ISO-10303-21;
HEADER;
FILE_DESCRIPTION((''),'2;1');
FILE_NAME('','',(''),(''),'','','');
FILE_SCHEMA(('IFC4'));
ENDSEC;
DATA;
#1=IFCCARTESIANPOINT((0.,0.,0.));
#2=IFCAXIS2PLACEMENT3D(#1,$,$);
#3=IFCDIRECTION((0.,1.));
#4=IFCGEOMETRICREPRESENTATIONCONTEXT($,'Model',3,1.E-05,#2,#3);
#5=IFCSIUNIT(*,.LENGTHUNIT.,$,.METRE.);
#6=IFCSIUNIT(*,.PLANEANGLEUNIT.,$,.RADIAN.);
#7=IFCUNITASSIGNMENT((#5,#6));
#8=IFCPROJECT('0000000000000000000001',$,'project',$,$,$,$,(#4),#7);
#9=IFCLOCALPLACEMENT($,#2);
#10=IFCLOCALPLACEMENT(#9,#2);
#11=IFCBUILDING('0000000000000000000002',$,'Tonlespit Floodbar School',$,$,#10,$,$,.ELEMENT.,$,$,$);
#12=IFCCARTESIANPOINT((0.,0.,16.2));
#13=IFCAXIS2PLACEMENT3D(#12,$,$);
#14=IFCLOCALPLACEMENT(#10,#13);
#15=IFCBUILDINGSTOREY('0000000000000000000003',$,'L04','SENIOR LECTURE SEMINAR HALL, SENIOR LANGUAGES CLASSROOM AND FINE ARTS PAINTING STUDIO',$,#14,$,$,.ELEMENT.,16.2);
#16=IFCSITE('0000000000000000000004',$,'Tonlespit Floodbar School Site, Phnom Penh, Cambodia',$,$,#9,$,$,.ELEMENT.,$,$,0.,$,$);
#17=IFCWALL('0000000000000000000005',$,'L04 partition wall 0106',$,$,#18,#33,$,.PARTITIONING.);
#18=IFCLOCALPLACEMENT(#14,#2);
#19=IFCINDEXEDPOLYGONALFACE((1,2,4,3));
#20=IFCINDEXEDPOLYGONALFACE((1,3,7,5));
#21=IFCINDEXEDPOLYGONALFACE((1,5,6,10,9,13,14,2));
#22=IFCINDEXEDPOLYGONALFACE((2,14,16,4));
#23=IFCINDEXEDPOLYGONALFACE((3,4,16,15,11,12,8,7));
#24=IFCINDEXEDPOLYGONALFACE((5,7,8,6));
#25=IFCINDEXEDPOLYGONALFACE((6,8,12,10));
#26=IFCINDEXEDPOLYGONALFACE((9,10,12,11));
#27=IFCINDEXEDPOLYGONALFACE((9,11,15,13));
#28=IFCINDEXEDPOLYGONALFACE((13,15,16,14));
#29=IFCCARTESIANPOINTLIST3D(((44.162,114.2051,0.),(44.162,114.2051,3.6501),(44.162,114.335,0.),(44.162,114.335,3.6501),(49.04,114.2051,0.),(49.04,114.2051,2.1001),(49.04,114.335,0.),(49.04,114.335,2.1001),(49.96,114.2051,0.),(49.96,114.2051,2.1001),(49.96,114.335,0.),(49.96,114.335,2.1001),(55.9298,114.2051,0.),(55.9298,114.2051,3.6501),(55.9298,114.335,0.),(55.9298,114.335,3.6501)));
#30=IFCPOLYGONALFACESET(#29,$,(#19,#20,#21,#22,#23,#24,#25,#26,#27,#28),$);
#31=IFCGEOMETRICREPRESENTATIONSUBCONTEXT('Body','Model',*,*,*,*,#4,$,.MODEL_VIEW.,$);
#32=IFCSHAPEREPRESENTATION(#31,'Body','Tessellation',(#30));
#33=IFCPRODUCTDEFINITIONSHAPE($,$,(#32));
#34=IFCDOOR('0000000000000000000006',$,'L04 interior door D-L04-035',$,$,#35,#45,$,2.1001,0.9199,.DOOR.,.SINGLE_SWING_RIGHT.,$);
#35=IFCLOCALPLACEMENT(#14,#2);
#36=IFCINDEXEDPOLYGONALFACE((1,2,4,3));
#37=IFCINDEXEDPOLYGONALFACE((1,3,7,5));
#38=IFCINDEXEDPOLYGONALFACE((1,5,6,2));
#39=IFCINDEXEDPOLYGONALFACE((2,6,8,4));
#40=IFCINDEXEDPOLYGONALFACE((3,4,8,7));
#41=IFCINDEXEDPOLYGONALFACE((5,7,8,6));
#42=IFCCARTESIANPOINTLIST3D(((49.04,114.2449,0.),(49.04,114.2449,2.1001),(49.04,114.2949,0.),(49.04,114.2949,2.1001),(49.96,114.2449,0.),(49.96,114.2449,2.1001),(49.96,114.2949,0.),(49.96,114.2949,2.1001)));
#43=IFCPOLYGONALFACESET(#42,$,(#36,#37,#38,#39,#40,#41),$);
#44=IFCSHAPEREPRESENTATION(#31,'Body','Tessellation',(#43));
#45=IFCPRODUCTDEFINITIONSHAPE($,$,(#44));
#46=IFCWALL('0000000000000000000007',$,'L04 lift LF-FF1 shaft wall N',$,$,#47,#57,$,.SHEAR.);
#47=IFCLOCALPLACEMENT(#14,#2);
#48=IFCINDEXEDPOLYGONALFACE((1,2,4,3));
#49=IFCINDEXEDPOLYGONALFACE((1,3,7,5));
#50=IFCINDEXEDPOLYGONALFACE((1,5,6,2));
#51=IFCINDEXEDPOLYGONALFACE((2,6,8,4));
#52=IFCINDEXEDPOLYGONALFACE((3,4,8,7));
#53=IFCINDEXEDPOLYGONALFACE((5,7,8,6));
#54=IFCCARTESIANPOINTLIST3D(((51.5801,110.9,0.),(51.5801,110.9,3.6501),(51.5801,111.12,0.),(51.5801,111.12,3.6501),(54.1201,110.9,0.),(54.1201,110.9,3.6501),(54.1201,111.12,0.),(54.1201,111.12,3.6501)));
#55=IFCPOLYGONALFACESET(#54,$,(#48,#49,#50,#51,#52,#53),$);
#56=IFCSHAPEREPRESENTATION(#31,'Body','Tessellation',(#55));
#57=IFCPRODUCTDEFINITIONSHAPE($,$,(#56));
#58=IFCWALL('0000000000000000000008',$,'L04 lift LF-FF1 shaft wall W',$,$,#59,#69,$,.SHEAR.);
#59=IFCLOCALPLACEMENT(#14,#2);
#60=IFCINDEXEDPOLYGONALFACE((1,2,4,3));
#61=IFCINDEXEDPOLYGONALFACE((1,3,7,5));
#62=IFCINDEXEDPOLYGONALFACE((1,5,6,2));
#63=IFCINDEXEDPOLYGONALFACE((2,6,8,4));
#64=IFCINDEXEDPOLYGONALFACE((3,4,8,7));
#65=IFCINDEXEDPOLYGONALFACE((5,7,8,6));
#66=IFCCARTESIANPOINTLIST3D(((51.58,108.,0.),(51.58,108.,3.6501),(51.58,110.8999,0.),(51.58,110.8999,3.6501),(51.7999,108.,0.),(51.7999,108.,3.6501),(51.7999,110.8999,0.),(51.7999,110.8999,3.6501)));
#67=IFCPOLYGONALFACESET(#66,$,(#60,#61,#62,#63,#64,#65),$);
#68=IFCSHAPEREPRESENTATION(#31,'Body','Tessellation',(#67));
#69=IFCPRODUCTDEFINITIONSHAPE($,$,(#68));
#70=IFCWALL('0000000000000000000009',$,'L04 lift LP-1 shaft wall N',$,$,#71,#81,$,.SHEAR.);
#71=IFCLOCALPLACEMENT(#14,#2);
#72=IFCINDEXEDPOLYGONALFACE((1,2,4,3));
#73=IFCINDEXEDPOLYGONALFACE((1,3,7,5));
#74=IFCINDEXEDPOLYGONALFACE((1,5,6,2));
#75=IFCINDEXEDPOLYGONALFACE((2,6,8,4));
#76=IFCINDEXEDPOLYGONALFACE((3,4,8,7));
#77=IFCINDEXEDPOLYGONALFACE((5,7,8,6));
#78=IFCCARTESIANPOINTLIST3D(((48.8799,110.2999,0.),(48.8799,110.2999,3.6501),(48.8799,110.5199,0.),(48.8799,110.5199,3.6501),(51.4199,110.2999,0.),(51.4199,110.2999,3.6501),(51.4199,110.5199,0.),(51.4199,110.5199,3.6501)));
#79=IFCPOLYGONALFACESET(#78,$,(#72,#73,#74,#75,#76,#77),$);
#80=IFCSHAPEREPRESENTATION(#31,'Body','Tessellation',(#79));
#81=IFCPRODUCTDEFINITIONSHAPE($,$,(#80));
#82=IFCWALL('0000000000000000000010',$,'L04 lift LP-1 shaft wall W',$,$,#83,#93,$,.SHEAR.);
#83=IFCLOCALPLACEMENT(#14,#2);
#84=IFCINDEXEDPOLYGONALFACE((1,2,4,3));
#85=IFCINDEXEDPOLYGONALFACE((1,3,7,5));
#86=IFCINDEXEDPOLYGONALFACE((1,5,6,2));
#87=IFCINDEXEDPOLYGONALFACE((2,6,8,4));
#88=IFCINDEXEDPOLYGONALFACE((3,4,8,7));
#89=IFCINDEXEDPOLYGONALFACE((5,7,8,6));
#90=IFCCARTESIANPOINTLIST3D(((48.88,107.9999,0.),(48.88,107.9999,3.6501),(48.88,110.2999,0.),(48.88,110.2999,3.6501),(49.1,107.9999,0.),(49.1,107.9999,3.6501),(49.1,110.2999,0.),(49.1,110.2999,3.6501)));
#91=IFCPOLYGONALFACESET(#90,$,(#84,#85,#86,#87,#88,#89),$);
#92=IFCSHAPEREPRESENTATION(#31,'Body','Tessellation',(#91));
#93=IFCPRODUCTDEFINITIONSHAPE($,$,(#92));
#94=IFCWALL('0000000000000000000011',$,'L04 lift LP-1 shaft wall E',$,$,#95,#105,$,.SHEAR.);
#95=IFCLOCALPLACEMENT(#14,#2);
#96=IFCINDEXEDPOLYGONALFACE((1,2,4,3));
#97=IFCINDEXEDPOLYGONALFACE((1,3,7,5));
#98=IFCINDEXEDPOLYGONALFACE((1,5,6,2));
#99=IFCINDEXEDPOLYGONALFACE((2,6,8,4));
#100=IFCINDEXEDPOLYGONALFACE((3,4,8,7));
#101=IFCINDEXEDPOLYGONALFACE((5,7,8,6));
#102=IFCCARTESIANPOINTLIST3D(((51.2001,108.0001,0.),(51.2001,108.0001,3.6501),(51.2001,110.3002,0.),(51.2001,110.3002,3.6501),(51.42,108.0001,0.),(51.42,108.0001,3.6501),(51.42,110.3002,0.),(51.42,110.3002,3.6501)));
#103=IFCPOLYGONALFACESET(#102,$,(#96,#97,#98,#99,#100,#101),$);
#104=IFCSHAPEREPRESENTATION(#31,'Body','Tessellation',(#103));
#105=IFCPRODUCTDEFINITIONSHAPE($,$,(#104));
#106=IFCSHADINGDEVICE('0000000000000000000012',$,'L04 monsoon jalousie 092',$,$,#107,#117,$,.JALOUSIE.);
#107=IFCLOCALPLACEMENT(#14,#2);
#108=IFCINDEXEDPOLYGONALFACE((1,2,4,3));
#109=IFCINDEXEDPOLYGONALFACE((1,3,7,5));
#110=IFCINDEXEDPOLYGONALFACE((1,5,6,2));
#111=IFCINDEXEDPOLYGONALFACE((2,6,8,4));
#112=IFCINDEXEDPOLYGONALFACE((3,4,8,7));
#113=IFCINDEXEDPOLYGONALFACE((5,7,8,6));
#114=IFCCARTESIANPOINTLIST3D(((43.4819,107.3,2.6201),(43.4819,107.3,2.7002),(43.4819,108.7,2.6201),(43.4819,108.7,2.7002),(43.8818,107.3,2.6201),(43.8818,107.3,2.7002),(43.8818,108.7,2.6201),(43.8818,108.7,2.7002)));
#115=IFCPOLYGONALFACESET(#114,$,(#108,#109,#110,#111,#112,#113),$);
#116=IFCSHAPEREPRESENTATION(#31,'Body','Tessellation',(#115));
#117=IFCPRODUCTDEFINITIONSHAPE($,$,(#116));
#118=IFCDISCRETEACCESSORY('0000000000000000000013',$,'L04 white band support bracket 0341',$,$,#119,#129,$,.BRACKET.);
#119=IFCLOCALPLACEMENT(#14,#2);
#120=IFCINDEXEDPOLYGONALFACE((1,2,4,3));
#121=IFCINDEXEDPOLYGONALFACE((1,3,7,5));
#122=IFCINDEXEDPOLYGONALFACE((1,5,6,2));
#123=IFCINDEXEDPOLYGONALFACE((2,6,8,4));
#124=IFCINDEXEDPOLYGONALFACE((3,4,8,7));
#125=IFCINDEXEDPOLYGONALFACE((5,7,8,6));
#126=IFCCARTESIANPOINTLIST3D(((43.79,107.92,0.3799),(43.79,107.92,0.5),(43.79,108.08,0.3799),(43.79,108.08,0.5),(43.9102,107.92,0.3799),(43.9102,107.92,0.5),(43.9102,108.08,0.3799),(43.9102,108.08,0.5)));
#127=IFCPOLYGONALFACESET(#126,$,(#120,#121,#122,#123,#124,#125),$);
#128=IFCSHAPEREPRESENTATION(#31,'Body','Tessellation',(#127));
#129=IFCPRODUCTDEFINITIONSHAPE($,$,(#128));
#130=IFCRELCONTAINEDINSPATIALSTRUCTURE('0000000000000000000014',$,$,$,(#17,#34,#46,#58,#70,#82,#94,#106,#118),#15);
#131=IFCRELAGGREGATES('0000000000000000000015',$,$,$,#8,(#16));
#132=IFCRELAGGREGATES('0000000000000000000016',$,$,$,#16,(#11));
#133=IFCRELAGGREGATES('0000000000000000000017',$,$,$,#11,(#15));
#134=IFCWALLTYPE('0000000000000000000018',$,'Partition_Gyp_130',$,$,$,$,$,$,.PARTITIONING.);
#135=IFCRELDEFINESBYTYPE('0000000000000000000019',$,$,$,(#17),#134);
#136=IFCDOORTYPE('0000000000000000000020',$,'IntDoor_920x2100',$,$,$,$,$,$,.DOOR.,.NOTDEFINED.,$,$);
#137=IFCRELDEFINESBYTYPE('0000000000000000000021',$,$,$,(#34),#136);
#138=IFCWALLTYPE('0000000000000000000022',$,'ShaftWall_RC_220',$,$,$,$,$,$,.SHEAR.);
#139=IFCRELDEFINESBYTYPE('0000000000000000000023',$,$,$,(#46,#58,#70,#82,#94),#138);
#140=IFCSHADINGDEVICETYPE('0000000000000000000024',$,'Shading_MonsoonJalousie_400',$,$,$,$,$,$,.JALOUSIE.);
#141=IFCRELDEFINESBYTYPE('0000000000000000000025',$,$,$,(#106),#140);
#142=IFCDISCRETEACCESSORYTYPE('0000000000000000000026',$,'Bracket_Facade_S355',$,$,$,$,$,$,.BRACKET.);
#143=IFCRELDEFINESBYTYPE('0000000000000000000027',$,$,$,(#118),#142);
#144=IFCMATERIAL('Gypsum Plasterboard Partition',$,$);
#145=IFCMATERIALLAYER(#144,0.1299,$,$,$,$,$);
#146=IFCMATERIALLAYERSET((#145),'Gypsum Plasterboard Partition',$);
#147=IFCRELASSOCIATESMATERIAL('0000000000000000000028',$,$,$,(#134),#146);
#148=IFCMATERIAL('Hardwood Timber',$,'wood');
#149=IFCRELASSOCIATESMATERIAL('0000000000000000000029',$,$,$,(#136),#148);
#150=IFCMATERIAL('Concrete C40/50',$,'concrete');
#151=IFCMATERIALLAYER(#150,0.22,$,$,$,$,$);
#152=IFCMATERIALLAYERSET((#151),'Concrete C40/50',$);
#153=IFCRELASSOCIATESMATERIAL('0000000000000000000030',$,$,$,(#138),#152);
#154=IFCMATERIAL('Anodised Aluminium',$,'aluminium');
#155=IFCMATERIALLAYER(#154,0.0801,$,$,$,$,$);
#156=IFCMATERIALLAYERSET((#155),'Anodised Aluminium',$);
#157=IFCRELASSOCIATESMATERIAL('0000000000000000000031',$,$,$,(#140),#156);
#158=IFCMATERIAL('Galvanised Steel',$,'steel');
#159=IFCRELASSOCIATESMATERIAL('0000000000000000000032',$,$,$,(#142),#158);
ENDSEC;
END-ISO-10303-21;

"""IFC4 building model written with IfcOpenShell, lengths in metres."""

from ifc_helpers import new_model, si_unit, direction, frame, frame_2d, origin, origin_2d, place, context, subcontext, project, spatial, rectangle, extrude, material, layer, layer_set, type_object, element, fill, save


model = new_model("IFC4")

# Units and contexts
model_context = context("Model", 3, precision=1e-05, world=origin(), true_north=direction((0.0, 1.0)))
body_context = subcontext(model_context, "Body", "Model", "MODEL_VIEW")
ifc_project = project(units=[si_unit("LENGTHUNIT", "METRE"), si_unit("PLANEANGLEUNIT", "RADIAN")], contexts=[model_context])

# Site, building, storey
site_placement = place(None, origin())
site = spatial("IfcSite", under=ifc_project, at=site_placement, Name="Tonlespit Floodbar School Site, Phnom Penh, Cambodia", CompositionType="ELEMENT", RefElevation=0.0)
building_placement = place(site_placement, origin())
building = spatial("IfcBuilding", under=site, at=building_placement, Name="Tonlespit Floodbar School", CompositionType="ELEMENT")
storey_placement = place(building_placement, frame((0.0, 0.0, 16.2)))
storey = spatial("IfcBuildingStorey", under=building, at=storey_placement, Name="L04", Description="SENIOR LECTURE SEMINAR HALL, SENIOR LANGUAGES CLASSROOM AND FINE ARTS PAINTING STUDIO", CompositionType="ELEMENT", Elevation=16.2)

# Shared definitions
ifc_material_1 = material(Name="Concrete C40/50", Category="concrete")

# Wall, opening, door
ifc_material_2 = material(Name="Gypsum Plasterboard Partition")
ifc_layer_1 = layer(ifc_material_2, 0.1299)
ifc_layer_set_1 = layer_set([ifc_layer_1], Name="Gypsum Plasterboard Partition")
wall_type_1 = type_object("IfcWallType", Name="Partition_Gyp_130", PredefinedType="PARTITIONING", material=ifc_layer_set_1)
wall_1_placement = place(storey_placement, frame((44.1621, 114.27, 0.0), z_axis=(0.0, 0.0, 1.0), x_axis=(1.0, 0.0, 0.0)))
wall_1 = element("IfcWall", 1, at=wall_1_placement, inside=storey, type_object=wall_type_1, Name="L04 partition wall 0106", PredefinedType="PARTITIONING", context=body_context, shape_type="SweptSolid", body=[
    extrude(rectangle(XDim=11.7678, YDim=0.1299, at=frame_2d((5.8838, 0.0))), origin(), (0.0, 0.0, 1.0), 3.6501),
])
opening_1_placement = place(wall_1_placement, frame((4.8779, 0.0, 0.0)))
opening_1 = element("IfcOpeningElement", 2, at=opening_1_placement, cuts=wall_1, PredefinedType="OPENING", context=body_context, shape_type="SweptSolid", body=[
    extrude(rectangle(XDim=0.9199, YDim=2.1001, at=frame_2d((0.46, 1.05))), frame((0.0, 0.075, 0.0), z_axis=(0.0, -1.0, 0.0), x_axis=(1.0, 0.0, 0.0)), (0.0, 0.0, 1.0), 0.1499),
])
ifc_material_3 = material(Name="Hardwood Timber", Category="wood")
door_type_1 = type_object("IfcDoorType", Name="IntDoor_920x2100", OperationType="NOTDEFINED", PredefinedType="DOOR", material=ifc_material_3)
door_1_placement = place(opening_1_placement, origin())
door_1 = element("IfcDoor", 3, at=door_1_placement, inside=storey, type_object=door_type_1, Name="L04 interior door D-L04-035", OperationType="SINGLE_SWING_RIGHT", OverallHeight=2.1001, OverallWidth=0.9199, PredefinedType="DOOR", context=body_context, shape_type="SweptSolid", body=[
    extrude(rectangle(XDim=0.9199, YDim=2.1001, at=frame_2d((0.46, 1.05))), frame((0.0, 0.0249, 0.0), z_axis=(0.0, -1.0, 0.0), x_axis=(1.0, 0.0, 0.0)), (0.0, 0.0, 1.0), 0.05),
])
fill(opening_1, door_1)

# Walls
ifc_layer_2 = layer(ifc_material_1, 0.22)
ifc_layer_set_2 = layer_set([ifc_layer_2], Name="Concrete C40/50")
wall_type_2 = type_object("IfcWallType", Name="ShaftWall_RC_220", PredefinedType="SHEAR", material=ifc_layer_set_2)
wall_2_placement = place(storey_placement, frame((51.5801, 111.01, 0.0), z_axis=(0.0, 0.0, 1.0), x_axis=(1.0, 0.0, 0.0)))
element("IfcWall", 4, at=wall_2_placement, inside=storey, type_object=wall_type_2, Name="L04 lift LF-FF1 shaft wall N", PredefinedType="SHEAR", context=body_context, shape_type="SweptSolid", body=[
    extrude(rectangle(XDim=2.54, YDim=0.22, at=frame_2d((1.27, 0.0))), origin(), (0.0, 0.0, 1.0), 3.6501),
])
wall_3_placement = place(storey_placement, frame((51.6899, 108.0, 0.0), z_axis=(0.0, 0.0, 1.0), x_axis=(0.0, 1.0, 0.0)))
element("IfcWall", 5, at=wall_3_placement, inside=storey, type_object=wall_type_2, Name="L04 lift LF-FF1 shaft wall W", PredefinedType="SHEAR", context=body_context, shape_type="SweptSolid", body=[
    extrude(rectangle(XDim=2.8999, YDim=0.22, at=frame_2d((1.45, 0.0))), origin(), (0.0, 0.0, 1.0), 3.6501),
])

# Shared definitions
ifc_material_4 = material(Name="Anodised Aluminium", Category="aluminium")

# Walls
wall_4_placement = place(storey_placement, frame((48.8799, 110.4099, 0.0), z_axis=(0.0, 0.0, 1.0), x_axis=(1.0, 0.0, 0.0)))
element("IfcWall", 6, at=wall_4_placement, inside=storey, type_object=wall_type_2, Name="L04 lift LP-1 shaft wall N", PredefinedType="SHEAR", context=body_context, shape_type="SweptSolid", body=[
    extrude(rectangle(XDim=2.54, YDim=0.22, at=frame_2d((1.27, 0.0))), origin(), (0.0, 0.0, 1.0), 3.6501),
])
for number, where, z_axis, x_axis, name in (
    (7, (48.99, 108.0, 0.0), (0.0, 0.0, 1.0), (0.0, 1.0, 0.0), "L04 lift LP-1 shaft wall W"),
    (8, (51.3101, 110.3, 0.0), (0.0, 0.0, 1.0), (0.0, -1.0, 0.0), "L04 lift LP-1 shaft wall E"),
):
    element("IfcWall", number, at=place(storey_placement, frame(where, z_axis=z_axis, x_axis=x_axis)), inside=storey, type_object=wall_type_2, Name=name, PredefinedType="SHEAR", context=body_context, shape_type="SweptSolid", body=[
        extrude(rectangle(XDim=2.3, YDim=0.22, at=frame_2d((1.1499, 0.0))), origin(), (0.0, 0.0, 1.0), 3.6501),
    ])

# Shading device
ifc_layer_3 = layer(ifc_material_4, 0.0801)
ifc_layer_set_3 = layer_set([ifc_layer_3], Name="Anodised Aluminium")
shading_device_type = type_object("IfcShadingDeviceType", Name="Shading_MonsoonJalousie_400", PredefinedType="JALOUSIE", material=ifc_layer_set_3)
shading_device_placement = place(storey_placement, frame((43.6819, 108.0, 2.6201), z_axis=(0.0, 0.0, 1.0), x_axis=(0.0, 1.0, 0.0)))
element("IfcShadingDevice", 9, at=shading_device_placement, inside=storey, type_object=shading_device_type, Name="L04 monsoon jalousie 092", PredefinedType="JALOUSIE", context=body_context, shape_type="SweptSolid", body=[
    extrude(rectangle(XDim=1.3999, YDim=0.3999, at=origin_2d()), origin(), (0.0, 0.0, 1.0), 0.0801),
])

# Discrete accessory
ifc_material_5 = material(Name="Galvanised Steel", Category="steel")
discrete_accessory_type = type_object("IfcDiscreteAccessoryType", Name="Bracket_Facade_S355", PredefinedType="BRACKET", material=ifc_material_5)
discrete_accessory_placement = place(storey_placement, frame((43.8501, 108.0, 0.3799), z_axis=(0.0, 0.0, 1.0), x_axis=(0.0, 1.0, 0.0)))
element("IfcDiscreteAccessory", 10, at=discrete_accessory_placement, inside=storey, type_object=discrete_accessory_type, Name="L04 white band support bracket 0341", PredefinedType="BRACKET", context=body_context, shape_type="SweptSolid", body=[
    extrude(rectangle(XDim=0.1599, YDim=0.1201, at=origin_2d()), origin(), (0.0, 0.0, 1.0), 0.1201),
])

save(model, "model.ifc")
